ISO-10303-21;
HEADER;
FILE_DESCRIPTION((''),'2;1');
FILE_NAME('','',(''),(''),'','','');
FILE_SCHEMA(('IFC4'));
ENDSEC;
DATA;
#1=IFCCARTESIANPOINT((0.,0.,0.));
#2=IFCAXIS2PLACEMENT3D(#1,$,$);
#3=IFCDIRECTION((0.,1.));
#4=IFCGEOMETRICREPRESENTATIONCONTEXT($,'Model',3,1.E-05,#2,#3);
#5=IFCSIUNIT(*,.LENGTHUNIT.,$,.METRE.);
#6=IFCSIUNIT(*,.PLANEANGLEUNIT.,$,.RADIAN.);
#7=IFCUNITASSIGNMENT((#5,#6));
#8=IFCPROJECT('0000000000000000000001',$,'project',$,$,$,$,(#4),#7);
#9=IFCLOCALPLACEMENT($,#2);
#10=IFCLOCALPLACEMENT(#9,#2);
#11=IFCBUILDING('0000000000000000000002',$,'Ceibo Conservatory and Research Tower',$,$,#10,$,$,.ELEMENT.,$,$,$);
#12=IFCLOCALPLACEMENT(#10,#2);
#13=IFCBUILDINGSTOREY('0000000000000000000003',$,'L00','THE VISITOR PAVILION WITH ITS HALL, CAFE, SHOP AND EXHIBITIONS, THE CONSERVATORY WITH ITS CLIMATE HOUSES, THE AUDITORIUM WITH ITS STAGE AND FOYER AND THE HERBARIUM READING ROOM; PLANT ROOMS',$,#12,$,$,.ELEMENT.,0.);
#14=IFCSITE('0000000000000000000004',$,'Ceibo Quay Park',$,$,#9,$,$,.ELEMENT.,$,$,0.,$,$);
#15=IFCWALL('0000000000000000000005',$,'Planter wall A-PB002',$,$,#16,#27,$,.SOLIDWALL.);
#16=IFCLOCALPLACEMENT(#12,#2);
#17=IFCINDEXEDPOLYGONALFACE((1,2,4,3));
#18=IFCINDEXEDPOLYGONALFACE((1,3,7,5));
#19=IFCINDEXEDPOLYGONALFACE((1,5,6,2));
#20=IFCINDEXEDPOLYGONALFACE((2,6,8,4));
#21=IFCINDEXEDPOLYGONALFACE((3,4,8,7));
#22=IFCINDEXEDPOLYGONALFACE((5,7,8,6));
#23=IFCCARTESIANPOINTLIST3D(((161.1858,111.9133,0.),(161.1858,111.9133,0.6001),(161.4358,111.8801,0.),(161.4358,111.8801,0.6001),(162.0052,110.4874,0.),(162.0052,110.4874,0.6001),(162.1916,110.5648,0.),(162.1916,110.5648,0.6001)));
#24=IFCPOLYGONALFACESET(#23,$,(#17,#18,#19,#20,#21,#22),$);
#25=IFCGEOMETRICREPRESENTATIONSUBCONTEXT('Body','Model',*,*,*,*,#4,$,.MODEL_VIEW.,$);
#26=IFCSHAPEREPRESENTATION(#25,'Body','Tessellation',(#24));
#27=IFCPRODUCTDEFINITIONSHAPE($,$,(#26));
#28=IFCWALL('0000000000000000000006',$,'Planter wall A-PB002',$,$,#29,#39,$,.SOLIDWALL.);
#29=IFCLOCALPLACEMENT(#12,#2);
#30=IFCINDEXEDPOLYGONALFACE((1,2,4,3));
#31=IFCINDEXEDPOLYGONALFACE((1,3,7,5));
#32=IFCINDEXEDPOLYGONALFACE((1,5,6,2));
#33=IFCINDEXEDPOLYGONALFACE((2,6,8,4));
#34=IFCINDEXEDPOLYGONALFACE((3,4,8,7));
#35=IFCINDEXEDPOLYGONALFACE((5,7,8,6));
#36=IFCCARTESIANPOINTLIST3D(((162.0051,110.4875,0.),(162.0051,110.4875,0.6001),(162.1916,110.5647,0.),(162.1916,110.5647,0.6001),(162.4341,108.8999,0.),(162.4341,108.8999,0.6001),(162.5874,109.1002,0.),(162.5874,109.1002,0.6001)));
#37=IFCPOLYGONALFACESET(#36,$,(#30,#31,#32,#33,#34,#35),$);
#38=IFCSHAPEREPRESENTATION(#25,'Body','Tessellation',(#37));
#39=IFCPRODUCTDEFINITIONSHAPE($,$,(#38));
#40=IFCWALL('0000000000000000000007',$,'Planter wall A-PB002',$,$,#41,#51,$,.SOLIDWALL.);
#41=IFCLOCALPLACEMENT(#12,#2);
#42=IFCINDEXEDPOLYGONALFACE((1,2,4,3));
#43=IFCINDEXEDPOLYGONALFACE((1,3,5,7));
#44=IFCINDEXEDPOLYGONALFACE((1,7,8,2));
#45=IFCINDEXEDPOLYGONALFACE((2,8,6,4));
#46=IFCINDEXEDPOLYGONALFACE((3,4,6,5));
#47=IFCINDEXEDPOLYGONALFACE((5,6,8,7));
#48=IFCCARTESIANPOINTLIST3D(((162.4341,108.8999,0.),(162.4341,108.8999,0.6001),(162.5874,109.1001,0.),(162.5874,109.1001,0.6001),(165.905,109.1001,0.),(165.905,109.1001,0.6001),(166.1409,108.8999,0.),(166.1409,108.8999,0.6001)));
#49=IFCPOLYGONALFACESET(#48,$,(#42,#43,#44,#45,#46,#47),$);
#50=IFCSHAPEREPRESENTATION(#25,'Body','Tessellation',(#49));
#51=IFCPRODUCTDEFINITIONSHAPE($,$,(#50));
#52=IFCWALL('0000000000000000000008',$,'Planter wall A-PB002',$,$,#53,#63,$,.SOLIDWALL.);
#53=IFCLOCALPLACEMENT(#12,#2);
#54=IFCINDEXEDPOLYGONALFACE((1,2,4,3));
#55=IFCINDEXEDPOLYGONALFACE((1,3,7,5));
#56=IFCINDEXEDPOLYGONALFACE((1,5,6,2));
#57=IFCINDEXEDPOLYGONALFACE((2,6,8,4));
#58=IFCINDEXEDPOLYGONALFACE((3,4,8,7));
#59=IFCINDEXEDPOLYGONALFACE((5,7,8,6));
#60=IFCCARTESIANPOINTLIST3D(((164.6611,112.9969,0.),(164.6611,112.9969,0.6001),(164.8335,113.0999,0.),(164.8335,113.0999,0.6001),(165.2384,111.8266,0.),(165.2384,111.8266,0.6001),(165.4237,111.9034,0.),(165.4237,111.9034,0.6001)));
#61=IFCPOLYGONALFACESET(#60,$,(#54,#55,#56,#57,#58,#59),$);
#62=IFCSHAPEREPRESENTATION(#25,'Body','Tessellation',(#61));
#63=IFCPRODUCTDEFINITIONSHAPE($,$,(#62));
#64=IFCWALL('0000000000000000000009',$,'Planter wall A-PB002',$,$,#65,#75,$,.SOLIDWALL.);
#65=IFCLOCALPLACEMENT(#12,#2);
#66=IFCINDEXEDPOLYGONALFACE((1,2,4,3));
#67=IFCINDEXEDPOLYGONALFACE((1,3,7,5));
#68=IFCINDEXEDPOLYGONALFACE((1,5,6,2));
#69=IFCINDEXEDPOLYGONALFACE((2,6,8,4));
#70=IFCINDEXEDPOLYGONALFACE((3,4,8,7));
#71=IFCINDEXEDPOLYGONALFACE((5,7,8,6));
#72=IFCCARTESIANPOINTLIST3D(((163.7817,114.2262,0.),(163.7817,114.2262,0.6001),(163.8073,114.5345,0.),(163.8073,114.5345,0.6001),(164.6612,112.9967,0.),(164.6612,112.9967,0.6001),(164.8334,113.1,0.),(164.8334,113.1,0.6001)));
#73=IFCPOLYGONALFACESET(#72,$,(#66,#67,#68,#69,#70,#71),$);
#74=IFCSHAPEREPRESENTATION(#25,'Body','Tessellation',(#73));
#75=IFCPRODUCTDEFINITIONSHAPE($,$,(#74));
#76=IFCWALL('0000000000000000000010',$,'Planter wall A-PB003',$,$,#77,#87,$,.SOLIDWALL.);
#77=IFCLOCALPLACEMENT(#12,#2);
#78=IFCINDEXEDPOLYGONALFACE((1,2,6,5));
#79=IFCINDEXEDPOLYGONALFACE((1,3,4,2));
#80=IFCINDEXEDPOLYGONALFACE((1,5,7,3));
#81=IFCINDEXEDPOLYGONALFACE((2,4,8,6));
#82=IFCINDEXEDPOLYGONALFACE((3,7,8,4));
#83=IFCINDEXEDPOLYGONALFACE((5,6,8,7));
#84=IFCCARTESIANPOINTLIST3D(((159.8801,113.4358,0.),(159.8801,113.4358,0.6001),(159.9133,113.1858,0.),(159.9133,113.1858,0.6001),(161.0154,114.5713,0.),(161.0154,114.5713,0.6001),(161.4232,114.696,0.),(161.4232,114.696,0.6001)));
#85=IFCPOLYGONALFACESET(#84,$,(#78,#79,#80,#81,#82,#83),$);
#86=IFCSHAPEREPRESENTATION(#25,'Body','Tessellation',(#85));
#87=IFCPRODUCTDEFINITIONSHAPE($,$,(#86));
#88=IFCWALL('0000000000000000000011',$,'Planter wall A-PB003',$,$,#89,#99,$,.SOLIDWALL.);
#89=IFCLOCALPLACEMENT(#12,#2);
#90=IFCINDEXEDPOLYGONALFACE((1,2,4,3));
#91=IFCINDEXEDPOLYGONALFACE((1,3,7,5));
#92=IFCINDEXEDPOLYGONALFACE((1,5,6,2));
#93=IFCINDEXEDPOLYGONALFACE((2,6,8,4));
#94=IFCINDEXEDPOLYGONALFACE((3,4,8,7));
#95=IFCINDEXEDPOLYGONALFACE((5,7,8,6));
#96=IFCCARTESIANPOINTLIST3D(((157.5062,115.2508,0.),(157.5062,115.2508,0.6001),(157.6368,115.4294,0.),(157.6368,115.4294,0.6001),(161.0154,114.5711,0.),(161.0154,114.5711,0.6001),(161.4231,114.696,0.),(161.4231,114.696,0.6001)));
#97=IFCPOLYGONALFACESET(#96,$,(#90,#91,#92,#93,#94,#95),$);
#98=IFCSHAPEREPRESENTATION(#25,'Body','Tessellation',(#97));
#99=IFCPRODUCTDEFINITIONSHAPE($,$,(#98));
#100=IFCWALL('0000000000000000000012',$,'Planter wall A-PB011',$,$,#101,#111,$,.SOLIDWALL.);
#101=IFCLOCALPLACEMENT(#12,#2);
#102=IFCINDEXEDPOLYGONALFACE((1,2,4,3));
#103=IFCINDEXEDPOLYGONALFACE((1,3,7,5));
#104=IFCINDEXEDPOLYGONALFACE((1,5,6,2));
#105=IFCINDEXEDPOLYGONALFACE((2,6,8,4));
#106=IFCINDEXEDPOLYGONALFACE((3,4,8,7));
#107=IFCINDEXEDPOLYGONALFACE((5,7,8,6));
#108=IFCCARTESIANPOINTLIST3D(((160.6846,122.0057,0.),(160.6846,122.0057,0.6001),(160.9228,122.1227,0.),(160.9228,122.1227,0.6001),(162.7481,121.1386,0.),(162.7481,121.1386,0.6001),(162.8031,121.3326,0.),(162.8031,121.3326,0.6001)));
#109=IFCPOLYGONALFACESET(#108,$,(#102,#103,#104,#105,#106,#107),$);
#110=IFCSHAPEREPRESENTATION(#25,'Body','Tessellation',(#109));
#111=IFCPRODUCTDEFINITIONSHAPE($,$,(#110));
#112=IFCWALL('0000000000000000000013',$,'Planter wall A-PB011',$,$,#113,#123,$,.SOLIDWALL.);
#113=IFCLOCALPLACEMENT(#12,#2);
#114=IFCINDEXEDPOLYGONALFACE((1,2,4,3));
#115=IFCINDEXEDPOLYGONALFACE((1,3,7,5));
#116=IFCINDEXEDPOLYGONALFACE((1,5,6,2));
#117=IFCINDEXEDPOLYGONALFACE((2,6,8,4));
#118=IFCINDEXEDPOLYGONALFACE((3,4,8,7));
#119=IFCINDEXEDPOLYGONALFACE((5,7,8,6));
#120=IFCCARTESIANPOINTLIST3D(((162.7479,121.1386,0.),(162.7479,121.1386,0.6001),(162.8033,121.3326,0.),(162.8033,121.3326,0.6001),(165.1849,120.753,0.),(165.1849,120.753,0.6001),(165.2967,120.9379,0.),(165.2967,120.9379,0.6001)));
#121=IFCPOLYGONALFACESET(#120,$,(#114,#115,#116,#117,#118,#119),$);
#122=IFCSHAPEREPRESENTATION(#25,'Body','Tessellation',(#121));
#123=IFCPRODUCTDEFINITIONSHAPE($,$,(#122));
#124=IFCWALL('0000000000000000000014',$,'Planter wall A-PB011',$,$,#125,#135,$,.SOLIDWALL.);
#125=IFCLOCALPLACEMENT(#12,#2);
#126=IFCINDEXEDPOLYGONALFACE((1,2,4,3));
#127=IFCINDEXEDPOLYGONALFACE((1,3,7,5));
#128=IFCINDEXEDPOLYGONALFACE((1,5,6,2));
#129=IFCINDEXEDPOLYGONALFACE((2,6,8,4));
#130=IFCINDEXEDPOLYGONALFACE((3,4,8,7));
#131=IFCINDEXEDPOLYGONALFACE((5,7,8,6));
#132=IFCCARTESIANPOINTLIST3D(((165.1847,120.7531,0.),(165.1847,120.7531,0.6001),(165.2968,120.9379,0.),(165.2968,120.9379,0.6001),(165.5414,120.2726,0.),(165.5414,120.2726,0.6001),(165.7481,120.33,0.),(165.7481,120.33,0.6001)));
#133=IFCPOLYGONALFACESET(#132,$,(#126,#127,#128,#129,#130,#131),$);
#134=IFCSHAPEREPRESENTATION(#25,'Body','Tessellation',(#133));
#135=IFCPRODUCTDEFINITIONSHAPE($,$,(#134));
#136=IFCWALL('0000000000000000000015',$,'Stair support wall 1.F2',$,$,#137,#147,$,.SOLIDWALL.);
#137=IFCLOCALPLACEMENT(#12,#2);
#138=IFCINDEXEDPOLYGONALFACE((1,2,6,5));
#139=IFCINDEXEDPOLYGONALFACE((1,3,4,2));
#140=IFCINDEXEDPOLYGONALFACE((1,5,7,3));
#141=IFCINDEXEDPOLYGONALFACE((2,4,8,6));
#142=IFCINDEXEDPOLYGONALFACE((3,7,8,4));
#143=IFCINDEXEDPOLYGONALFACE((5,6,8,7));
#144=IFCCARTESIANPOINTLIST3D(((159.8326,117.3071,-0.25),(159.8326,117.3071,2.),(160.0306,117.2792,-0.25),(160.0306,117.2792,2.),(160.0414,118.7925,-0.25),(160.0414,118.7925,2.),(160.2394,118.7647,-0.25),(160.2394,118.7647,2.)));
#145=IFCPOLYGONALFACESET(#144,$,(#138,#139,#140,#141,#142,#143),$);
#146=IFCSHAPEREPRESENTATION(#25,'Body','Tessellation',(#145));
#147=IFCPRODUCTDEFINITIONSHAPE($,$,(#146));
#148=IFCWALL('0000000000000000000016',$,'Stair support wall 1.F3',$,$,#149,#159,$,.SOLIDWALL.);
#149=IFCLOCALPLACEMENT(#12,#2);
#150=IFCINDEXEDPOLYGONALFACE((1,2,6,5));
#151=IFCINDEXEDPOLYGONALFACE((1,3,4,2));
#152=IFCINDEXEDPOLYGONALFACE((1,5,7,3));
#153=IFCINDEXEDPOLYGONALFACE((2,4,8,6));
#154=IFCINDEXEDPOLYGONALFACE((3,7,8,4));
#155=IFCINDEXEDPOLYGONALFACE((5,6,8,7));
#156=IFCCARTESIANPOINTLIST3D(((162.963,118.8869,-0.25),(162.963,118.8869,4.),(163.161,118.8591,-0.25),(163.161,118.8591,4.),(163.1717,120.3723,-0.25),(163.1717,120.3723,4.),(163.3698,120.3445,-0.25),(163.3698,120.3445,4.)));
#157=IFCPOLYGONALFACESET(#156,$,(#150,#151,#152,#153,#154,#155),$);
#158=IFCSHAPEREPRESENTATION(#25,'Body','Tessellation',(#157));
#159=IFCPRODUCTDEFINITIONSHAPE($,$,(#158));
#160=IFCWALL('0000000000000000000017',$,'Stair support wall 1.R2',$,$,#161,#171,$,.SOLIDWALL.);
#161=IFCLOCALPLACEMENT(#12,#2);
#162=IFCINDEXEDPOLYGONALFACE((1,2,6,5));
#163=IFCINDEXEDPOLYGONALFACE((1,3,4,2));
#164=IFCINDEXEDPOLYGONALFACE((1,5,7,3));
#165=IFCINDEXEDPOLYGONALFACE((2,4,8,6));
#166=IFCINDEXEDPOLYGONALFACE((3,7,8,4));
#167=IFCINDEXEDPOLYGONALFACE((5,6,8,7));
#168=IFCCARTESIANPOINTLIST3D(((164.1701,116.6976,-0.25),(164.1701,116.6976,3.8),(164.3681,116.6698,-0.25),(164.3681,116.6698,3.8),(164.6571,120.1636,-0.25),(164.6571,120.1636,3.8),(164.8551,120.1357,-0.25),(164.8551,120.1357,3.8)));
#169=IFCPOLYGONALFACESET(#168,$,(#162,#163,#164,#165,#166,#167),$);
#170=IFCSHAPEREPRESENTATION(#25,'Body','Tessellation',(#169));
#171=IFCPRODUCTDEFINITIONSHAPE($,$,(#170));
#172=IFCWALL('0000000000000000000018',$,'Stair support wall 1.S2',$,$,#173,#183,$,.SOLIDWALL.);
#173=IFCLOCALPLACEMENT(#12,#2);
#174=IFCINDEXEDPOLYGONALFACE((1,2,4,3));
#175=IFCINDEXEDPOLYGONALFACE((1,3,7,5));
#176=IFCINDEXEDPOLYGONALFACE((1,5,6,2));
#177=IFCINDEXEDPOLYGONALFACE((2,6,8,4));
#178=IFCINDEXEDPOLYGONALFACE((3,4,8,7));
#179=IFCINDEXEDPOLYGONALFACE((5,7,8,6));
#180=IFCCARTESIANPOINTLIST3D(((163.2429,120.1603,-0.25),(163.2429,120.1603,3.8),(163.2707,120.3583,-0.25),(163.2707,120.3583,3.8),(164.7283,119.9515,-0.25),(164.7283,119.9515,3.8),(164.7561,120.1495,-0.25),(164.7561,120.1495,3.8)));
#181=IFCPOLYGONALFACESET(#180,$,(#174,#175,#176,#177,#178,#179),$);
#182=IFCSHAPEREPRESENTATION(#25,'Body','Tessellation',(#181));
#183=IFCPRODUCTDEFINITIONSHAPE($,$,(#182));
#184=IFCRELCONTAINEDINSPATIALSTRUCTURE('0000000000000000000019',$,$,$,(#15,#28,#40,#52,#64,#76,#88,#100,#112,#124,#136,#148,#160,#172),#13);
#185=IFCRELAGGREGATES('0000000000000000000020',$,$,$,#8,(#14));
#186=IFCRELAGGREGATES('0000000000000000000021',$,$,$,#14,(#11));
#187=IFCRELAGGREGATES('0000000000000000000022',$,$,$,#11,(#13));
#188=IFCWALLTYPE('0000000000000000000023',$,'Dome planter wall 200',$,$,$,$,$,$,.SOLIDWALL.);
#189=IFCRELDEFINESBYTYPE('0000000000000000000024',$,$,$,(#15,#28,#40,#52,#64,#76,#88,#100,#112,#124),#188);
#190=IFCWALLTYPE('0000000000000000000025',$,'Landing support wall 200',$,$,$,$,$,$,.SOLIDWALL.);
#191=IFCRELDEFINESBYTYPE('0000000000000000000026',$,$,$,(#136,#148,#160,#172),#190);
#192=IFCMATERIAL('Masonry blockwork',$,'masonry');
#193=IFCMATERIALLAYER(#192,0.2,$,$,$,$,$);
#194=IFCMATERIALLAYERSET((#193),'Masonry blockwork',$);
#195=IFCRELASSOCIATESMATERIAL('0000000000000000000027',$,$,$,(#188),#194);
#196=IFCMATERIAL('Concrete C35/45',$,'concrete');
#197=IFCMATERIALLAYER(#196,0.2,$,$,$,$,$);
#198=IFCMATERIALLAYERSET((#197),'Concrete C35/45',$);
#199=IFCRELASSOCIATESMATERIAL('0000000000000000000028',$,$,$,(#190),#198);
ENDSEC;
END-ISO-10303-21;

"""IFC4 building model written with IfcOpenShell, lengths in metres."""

from ifc_helpers import new_model, si_unit, direction, frame, frame_2d, origin, place, context, subcontext, project, spatial, polyline, rectangle, outline, extrude, material, layer, layer_set, type_object, element, save


model = new_model("IFC4")

# Units and contexts
model_context = context("Model", 3, precision=1e-05, world=origin(), true_north=direction((0.0, 1.0)))
body_context = subcontext(model_context, "Body", "Model", "MODEL_VIEW")
ifc_project = project(units=[si_unit("LENGTHUNIT", "METRE"), si_unit("PLANEANGLEUNIT", "RADIAN")], contexts=[model_context])

# Site, building, storey
site_placement = place(None, origin())
site = spatial("IfcSite", under=ifc_project, at=site_placement, Name="Ceibo Quay Park", CompositionType="ELEMENT", RefElevation=0.0)
building_placement = place(site_placement, origin())
building = spatial("IfcBuilding", under=site, at=building_placement, Name="Ceibo Conservatory and Research Tower", CompositionType="ELEMENT")
storey_placement = place(building_placement, origin())
storey = spatial("IfcBuildingStorey", under=building, at=storey_placement, Name="L00", Description="THE VISITOR PAVILION WITH ITS HALL, CAFE, SHOP AND EXHIBITIONS, THE CONSERVATORY WITH ITS CLIMATE HOUSES, THE AUDITORIUM WITH ITS STAGE AND FOYER AND THE HERBARIUM READING ROOM; PLANT ROOMS", CompositionType="ELEMENT", Elevation=0.0)

# Shared definitions
ifc_material_1 = material(Name="Concrete C35/45", Category="concrete")

# Walls
ifc_material_2 = material(Name="Masonry blockwork", Category="masonry")
ifc_layer_1 = layer(ifc_material_2, 0.2)
ifc_layer_set_1 = layer_set([ifc_layer_1], Name="Masonry blockwork")
wall_type_1 = type_object("IfcWallType", Name="Dome planter wall 200", PredefinedType="SOLIDWALL", material=ifc_layer_set_1)
wall_1_placement = place(storey_placement, frame((161.3108, 111.8967, 0.0), z_axis=(0.0, 0.0, 1.0), x_axis=(0.498233, -0.867043, 0.0)))
element("IfcWall", 1, at=wall_1_placement, inside=storey, type_object=wall_type_1, Name="Planter wall A-PB002", PredefinedType="SOLIDWALL", context=body_context, shape_type="SweptSolid", body=[
    extrude(outline(polyline([(-0.0767, -0.1001), (1.5679, -0.1001), (1.5938, 0.1001), (0.0767, 0.1001), (-0.0767, -0.1001)])), origin(), (0.0, 0.0, 1.0), 0.6001),
])
wall_2_placement = place(storey_placement, frame((162.0984, 110.5261, 0.0), z_axis=(0.0, 0.0, 1.0), x_axis=(0.260843, -0.965381, 0.0)))
element("IfcWall", 2, at=wall_2_placement, inside=storey, type_object=wall_type_1, Name="Planter wall A-PB002", PredefinedType="SOLIDWALL", context=body_context, shape_type="SweptSolid", body=[
    extrude(outline(polyline([(0.0129, -0.1001), (1.6575, -0.1001), (1.5042, 0.1001), (-0.0129, 0.1001), (0.0129, -0.1001)])), origin(), (0.0, 0.0, 1.0), 0.6001),
])
wall_3_placement = place(storey_placement, frame((162.5107, 109.0, 0.0), z_axis=(0.0, 0.0, 1.0), x_axis=(1.0, 0.0, 0.0)))
element("IfcWall", 3, at=wall_3_placement, inside=storey, type_object=wall_type_1, Name="Planter wall A-PB002", PredefinedType="SOLIDWALL", context=body_context, shape_type="SweptSolid", body=[
    extrude(outline(polyline([(-0.0767, -0.1001), (3.6301, -0.1001), (3.3943, 0.1001), (0.0767, 0.1001), (-0.0767, -0.1001)])), origin(), (0.0, 0.0, 1.0), 0.6001),
])
wall_4_placement = place(storey_placement, frame((165.3311, 111.865, 0.0), z_axis=(0.0, 0.0, 1.0), x_axis=(-0.442396, 0.89682, 0.0)))
element("IfcWall", 4, at=wall_4_placement, inside=storey, type_object=wall_type_1, Name="Planter wall A-PB002", PredefinedType="SOLIDWALL", context=body_context, shape_type="SweptSolid", body=[
    extrude(outline(polyline([(-0.0066, -0.1001), (1.3276, -0.1001), (1.3115, 0.1001), (0.0066, 0.1001), (-0.0066, -0.1001)])), origin(), (0.0, 0.0, 1.0), 0.6001),
])
wall_5_placement = place(storey_placement, frame((164.7473, 113.0483, 0.0), z_axis=(0.0, 0.0, 1.0), x_axis=(-0.581816, 0.81332, 0.0)))
element("IfcWall", 5, at=wall_5_placement, inside=storey, type_object=wall_type_1, Name="Planter wall A-PB002", PredefinedType="SOLIDWALL", context=body_context, shape_type="SweptSolid", body=[
    extrude(outline(polyline([(-0.0081, -0.1001), (1.7556, -0.1001), (1.5198, 0.1001), (0.0081, 0.1001), (-0.0081, -0.1001)])), origin(), (0.0, 0.0, 1.0), 0.6001),
])
wall_6_placement = place(storey_placement, frame((159.8967, 113.3108, 0.0), z_axis=(0.0, 0.0, 1.0), x_axis=(0.707042, 0.707172, 0.0)))
element("IfcWall", 6, at=wall_6_placement, inside=storey, type_object=wall_type_1, Name="Planter wall A-PB003", PredefinedType="SOLIDWALL", context=body_context, shape_type="SweptSolid", body=[
    extrude(outline(polyline([(-0.0767, -0.1001), (2.0588, -0.1001), (1.6824, 0.1001), (0.0767, 0.1001), (-0.0767, -0.1001)])), origin(), (0.0, 0.0, 1.0), 0.6001),
])
wall_7_placement = place(storey_placement, frame((161.2192, 114.6335, 0.0), z_axis=(0.0, 0.0, 1.0), x_axis=(-0.981753, 0.190161, 0.0)))
element("IfcWall", 7, at=wall_7_placement, inside=storey, type_object=wall_type_1, Name="Planter wall A-PB003", PredefinedType="SOLIDWALL", context=body_context, shape_type="SweptSolid", body=[
    extrude(outline(polyline([(-0.1882, -0.1001), (3.6685, -0.1001), (3.7627, 0.1001), (0.1882, 0.1001), (-0.1882, -0.1001)])), origin(), (0.0, 0.0, 1.0), 0.6001),
])
wall_8_placement = place(storey_placement, frame((160.8037, 122.0642, 0.0), z_axis=(0.0, 0.0, 1.0), x_axis=(0.921914, -0.387394, 0.0)))
element("IfcWall", 8, at=wall_8_placement, inside=storey, type_object=wall_type_1, Name="Planter wall A-PB011", PredefinedType="SOLIDWALL", context=body_context, shape_type="SweptSolid", body=[
    extrude(outline(polyline([(-0.0872, -0.1001), (2.1511, -0.1001), (2.1267, 0.1001), (0.0872, 0.1001), (-0.0872, -0.1001)])), origin(), (0.0, 0.0, 1.0), 0.6001),
])
wall_9_placement = place(storey_placement, frame((162.7756, 121.2356, 0.0), z_axis=(0.0, 0.0, 1.0), x_axis=(0.987707, -0.156319, 0.0)))
element("IfcWall", 9, at=wall_9_placement, inside=storey, type_object=wall_type_1, Name="Planter wall A-PB011", PredefinedType="SOLIDWALL", context=body_context, shape_type="SweptSolid", body=[
    extrude(outline(polyline([(-0.0122, -0.1001), (2.4551, -0.1001), (2.5366, 0.1001), (0.0122, 0.1001), (-0.0122, -0.1001)])), origin(), (0.0, 0.0, 1.0), 0.6001),
])
wall_10_placement = place(storey_placement, frame((165.2407, 120.8455, 0.0), z_axis=(0.0, 0.0, 1.0), x_axis=(0.596132, -0.802887, 0.0)))
element("IfcWall", 10, at=wall_10_placement, inside=storey, type_object=wall_type_1, Name="Planter wall A-PB011", PredefinedType="SOLIDWALL", context=body_context, shape_type="SweptSolid", body=[
    extrude(outline(polyline([(0.0408, -0.1001), (0.6392, -0.1001), (0.7163, 0.1001), (-0.0408, 0.1001), (0.0408, -0.1001)])), origin(), (0.0, 0.0, 1.0), 0.6001),
])
ifc_layer_2 = layer(ifc_material_1, 0.2)
ifc_layer_set_2 = layer_set([ifc_layer_2], Name="Concrete C35/45")
wall_type_2 = type_object("IfcWallType", Name="Landing support wall 200", PredefinedType="SOLIDWALL", material=ifc_layer_set_2)
wall_11_placement = place(storey_placement, frame((160.1404, 118.7786, -0.25), z_axis=(0.0, 0.0, 1.0), x_axis=(-0.139165, -0.990269, 0.0)))
element("IfcWall", 11, at=wall_11_placement, inside=storey, type_object=wall_type_2, Name="Stair support wall 1.F2", PredefinedType="SOLIDWALL", context=body_context, shape_type="SweptSolid", body=[
    extrude(rectangle(XDim=1.5, YDim=0.2, at=frame_2d((0.75, 0.0))), origin(), (0.0, 0.0, 1.0), 2.25),
])
wall_12_placement = place(storey_placement, frame((163.2708, 120.3584, -0.25), z_axis=(0.0, 0.0, 1.0), x_axis=(-0.139165, -0.990269, 0.0)))
element("IfcWall", 12, at=wall_12_placement, inside=storey, type_object=wall_type_2, Name="Stair support wall 1.F3", PredefinedType="SOLIDWALL", context=body_context, shape_type="SweptSolid", body=[
    extrude(rectangle(XDim=1.5, YDim=0.2, at=frame_2d((0.75, 0.0))), origin(), (0.0, 0.0, 1.0), 4.25),
])
wall_13_placement = place(storey_placement, frame((164.7561, 120.1497, -0.25), z_axis=(0.0, 0.0, 1.0), x_axis=(-0.139155, -0.990271, 0.0)))
element("IfcWall", 13, at=wall_13_placement, inside=storey, type_object=wall_type_2, Name="Stair support wall 1.R2", PredefinedType="SOLIDWALL", context=body_context, shape_type="SweptSolid", body=[
    extrude(rectangle(XDim=3.5, YDim=0.2, at=frame_2d((1.75, 0.0))), origin(), (0.0, 0.0, 1.0), 4.05),
])
wall_14_placement = place(storey_placement, frame((164.7422, 120.0505, -0.25), z_axis=(0.0, 0.0, 1.0), x_axis=(-0.990269, 0.139165, 0.0)))
element("IfcWall", 14, at=wall_14_placement, inside=storey, type_object=wall_type_2, Name="Stair support wall 1.S2", PredefinedType="SOLIDWALL", context=body_context, shape_type="SweptSolid", body=[
    extrude(rectangle(XDim=1.5, YDim=0.2, at=frame_2d((0.75, 0.0))), origin(), (0.0, 0.0, 1.0), 4.05),
])

save(model, "model.ifc")
